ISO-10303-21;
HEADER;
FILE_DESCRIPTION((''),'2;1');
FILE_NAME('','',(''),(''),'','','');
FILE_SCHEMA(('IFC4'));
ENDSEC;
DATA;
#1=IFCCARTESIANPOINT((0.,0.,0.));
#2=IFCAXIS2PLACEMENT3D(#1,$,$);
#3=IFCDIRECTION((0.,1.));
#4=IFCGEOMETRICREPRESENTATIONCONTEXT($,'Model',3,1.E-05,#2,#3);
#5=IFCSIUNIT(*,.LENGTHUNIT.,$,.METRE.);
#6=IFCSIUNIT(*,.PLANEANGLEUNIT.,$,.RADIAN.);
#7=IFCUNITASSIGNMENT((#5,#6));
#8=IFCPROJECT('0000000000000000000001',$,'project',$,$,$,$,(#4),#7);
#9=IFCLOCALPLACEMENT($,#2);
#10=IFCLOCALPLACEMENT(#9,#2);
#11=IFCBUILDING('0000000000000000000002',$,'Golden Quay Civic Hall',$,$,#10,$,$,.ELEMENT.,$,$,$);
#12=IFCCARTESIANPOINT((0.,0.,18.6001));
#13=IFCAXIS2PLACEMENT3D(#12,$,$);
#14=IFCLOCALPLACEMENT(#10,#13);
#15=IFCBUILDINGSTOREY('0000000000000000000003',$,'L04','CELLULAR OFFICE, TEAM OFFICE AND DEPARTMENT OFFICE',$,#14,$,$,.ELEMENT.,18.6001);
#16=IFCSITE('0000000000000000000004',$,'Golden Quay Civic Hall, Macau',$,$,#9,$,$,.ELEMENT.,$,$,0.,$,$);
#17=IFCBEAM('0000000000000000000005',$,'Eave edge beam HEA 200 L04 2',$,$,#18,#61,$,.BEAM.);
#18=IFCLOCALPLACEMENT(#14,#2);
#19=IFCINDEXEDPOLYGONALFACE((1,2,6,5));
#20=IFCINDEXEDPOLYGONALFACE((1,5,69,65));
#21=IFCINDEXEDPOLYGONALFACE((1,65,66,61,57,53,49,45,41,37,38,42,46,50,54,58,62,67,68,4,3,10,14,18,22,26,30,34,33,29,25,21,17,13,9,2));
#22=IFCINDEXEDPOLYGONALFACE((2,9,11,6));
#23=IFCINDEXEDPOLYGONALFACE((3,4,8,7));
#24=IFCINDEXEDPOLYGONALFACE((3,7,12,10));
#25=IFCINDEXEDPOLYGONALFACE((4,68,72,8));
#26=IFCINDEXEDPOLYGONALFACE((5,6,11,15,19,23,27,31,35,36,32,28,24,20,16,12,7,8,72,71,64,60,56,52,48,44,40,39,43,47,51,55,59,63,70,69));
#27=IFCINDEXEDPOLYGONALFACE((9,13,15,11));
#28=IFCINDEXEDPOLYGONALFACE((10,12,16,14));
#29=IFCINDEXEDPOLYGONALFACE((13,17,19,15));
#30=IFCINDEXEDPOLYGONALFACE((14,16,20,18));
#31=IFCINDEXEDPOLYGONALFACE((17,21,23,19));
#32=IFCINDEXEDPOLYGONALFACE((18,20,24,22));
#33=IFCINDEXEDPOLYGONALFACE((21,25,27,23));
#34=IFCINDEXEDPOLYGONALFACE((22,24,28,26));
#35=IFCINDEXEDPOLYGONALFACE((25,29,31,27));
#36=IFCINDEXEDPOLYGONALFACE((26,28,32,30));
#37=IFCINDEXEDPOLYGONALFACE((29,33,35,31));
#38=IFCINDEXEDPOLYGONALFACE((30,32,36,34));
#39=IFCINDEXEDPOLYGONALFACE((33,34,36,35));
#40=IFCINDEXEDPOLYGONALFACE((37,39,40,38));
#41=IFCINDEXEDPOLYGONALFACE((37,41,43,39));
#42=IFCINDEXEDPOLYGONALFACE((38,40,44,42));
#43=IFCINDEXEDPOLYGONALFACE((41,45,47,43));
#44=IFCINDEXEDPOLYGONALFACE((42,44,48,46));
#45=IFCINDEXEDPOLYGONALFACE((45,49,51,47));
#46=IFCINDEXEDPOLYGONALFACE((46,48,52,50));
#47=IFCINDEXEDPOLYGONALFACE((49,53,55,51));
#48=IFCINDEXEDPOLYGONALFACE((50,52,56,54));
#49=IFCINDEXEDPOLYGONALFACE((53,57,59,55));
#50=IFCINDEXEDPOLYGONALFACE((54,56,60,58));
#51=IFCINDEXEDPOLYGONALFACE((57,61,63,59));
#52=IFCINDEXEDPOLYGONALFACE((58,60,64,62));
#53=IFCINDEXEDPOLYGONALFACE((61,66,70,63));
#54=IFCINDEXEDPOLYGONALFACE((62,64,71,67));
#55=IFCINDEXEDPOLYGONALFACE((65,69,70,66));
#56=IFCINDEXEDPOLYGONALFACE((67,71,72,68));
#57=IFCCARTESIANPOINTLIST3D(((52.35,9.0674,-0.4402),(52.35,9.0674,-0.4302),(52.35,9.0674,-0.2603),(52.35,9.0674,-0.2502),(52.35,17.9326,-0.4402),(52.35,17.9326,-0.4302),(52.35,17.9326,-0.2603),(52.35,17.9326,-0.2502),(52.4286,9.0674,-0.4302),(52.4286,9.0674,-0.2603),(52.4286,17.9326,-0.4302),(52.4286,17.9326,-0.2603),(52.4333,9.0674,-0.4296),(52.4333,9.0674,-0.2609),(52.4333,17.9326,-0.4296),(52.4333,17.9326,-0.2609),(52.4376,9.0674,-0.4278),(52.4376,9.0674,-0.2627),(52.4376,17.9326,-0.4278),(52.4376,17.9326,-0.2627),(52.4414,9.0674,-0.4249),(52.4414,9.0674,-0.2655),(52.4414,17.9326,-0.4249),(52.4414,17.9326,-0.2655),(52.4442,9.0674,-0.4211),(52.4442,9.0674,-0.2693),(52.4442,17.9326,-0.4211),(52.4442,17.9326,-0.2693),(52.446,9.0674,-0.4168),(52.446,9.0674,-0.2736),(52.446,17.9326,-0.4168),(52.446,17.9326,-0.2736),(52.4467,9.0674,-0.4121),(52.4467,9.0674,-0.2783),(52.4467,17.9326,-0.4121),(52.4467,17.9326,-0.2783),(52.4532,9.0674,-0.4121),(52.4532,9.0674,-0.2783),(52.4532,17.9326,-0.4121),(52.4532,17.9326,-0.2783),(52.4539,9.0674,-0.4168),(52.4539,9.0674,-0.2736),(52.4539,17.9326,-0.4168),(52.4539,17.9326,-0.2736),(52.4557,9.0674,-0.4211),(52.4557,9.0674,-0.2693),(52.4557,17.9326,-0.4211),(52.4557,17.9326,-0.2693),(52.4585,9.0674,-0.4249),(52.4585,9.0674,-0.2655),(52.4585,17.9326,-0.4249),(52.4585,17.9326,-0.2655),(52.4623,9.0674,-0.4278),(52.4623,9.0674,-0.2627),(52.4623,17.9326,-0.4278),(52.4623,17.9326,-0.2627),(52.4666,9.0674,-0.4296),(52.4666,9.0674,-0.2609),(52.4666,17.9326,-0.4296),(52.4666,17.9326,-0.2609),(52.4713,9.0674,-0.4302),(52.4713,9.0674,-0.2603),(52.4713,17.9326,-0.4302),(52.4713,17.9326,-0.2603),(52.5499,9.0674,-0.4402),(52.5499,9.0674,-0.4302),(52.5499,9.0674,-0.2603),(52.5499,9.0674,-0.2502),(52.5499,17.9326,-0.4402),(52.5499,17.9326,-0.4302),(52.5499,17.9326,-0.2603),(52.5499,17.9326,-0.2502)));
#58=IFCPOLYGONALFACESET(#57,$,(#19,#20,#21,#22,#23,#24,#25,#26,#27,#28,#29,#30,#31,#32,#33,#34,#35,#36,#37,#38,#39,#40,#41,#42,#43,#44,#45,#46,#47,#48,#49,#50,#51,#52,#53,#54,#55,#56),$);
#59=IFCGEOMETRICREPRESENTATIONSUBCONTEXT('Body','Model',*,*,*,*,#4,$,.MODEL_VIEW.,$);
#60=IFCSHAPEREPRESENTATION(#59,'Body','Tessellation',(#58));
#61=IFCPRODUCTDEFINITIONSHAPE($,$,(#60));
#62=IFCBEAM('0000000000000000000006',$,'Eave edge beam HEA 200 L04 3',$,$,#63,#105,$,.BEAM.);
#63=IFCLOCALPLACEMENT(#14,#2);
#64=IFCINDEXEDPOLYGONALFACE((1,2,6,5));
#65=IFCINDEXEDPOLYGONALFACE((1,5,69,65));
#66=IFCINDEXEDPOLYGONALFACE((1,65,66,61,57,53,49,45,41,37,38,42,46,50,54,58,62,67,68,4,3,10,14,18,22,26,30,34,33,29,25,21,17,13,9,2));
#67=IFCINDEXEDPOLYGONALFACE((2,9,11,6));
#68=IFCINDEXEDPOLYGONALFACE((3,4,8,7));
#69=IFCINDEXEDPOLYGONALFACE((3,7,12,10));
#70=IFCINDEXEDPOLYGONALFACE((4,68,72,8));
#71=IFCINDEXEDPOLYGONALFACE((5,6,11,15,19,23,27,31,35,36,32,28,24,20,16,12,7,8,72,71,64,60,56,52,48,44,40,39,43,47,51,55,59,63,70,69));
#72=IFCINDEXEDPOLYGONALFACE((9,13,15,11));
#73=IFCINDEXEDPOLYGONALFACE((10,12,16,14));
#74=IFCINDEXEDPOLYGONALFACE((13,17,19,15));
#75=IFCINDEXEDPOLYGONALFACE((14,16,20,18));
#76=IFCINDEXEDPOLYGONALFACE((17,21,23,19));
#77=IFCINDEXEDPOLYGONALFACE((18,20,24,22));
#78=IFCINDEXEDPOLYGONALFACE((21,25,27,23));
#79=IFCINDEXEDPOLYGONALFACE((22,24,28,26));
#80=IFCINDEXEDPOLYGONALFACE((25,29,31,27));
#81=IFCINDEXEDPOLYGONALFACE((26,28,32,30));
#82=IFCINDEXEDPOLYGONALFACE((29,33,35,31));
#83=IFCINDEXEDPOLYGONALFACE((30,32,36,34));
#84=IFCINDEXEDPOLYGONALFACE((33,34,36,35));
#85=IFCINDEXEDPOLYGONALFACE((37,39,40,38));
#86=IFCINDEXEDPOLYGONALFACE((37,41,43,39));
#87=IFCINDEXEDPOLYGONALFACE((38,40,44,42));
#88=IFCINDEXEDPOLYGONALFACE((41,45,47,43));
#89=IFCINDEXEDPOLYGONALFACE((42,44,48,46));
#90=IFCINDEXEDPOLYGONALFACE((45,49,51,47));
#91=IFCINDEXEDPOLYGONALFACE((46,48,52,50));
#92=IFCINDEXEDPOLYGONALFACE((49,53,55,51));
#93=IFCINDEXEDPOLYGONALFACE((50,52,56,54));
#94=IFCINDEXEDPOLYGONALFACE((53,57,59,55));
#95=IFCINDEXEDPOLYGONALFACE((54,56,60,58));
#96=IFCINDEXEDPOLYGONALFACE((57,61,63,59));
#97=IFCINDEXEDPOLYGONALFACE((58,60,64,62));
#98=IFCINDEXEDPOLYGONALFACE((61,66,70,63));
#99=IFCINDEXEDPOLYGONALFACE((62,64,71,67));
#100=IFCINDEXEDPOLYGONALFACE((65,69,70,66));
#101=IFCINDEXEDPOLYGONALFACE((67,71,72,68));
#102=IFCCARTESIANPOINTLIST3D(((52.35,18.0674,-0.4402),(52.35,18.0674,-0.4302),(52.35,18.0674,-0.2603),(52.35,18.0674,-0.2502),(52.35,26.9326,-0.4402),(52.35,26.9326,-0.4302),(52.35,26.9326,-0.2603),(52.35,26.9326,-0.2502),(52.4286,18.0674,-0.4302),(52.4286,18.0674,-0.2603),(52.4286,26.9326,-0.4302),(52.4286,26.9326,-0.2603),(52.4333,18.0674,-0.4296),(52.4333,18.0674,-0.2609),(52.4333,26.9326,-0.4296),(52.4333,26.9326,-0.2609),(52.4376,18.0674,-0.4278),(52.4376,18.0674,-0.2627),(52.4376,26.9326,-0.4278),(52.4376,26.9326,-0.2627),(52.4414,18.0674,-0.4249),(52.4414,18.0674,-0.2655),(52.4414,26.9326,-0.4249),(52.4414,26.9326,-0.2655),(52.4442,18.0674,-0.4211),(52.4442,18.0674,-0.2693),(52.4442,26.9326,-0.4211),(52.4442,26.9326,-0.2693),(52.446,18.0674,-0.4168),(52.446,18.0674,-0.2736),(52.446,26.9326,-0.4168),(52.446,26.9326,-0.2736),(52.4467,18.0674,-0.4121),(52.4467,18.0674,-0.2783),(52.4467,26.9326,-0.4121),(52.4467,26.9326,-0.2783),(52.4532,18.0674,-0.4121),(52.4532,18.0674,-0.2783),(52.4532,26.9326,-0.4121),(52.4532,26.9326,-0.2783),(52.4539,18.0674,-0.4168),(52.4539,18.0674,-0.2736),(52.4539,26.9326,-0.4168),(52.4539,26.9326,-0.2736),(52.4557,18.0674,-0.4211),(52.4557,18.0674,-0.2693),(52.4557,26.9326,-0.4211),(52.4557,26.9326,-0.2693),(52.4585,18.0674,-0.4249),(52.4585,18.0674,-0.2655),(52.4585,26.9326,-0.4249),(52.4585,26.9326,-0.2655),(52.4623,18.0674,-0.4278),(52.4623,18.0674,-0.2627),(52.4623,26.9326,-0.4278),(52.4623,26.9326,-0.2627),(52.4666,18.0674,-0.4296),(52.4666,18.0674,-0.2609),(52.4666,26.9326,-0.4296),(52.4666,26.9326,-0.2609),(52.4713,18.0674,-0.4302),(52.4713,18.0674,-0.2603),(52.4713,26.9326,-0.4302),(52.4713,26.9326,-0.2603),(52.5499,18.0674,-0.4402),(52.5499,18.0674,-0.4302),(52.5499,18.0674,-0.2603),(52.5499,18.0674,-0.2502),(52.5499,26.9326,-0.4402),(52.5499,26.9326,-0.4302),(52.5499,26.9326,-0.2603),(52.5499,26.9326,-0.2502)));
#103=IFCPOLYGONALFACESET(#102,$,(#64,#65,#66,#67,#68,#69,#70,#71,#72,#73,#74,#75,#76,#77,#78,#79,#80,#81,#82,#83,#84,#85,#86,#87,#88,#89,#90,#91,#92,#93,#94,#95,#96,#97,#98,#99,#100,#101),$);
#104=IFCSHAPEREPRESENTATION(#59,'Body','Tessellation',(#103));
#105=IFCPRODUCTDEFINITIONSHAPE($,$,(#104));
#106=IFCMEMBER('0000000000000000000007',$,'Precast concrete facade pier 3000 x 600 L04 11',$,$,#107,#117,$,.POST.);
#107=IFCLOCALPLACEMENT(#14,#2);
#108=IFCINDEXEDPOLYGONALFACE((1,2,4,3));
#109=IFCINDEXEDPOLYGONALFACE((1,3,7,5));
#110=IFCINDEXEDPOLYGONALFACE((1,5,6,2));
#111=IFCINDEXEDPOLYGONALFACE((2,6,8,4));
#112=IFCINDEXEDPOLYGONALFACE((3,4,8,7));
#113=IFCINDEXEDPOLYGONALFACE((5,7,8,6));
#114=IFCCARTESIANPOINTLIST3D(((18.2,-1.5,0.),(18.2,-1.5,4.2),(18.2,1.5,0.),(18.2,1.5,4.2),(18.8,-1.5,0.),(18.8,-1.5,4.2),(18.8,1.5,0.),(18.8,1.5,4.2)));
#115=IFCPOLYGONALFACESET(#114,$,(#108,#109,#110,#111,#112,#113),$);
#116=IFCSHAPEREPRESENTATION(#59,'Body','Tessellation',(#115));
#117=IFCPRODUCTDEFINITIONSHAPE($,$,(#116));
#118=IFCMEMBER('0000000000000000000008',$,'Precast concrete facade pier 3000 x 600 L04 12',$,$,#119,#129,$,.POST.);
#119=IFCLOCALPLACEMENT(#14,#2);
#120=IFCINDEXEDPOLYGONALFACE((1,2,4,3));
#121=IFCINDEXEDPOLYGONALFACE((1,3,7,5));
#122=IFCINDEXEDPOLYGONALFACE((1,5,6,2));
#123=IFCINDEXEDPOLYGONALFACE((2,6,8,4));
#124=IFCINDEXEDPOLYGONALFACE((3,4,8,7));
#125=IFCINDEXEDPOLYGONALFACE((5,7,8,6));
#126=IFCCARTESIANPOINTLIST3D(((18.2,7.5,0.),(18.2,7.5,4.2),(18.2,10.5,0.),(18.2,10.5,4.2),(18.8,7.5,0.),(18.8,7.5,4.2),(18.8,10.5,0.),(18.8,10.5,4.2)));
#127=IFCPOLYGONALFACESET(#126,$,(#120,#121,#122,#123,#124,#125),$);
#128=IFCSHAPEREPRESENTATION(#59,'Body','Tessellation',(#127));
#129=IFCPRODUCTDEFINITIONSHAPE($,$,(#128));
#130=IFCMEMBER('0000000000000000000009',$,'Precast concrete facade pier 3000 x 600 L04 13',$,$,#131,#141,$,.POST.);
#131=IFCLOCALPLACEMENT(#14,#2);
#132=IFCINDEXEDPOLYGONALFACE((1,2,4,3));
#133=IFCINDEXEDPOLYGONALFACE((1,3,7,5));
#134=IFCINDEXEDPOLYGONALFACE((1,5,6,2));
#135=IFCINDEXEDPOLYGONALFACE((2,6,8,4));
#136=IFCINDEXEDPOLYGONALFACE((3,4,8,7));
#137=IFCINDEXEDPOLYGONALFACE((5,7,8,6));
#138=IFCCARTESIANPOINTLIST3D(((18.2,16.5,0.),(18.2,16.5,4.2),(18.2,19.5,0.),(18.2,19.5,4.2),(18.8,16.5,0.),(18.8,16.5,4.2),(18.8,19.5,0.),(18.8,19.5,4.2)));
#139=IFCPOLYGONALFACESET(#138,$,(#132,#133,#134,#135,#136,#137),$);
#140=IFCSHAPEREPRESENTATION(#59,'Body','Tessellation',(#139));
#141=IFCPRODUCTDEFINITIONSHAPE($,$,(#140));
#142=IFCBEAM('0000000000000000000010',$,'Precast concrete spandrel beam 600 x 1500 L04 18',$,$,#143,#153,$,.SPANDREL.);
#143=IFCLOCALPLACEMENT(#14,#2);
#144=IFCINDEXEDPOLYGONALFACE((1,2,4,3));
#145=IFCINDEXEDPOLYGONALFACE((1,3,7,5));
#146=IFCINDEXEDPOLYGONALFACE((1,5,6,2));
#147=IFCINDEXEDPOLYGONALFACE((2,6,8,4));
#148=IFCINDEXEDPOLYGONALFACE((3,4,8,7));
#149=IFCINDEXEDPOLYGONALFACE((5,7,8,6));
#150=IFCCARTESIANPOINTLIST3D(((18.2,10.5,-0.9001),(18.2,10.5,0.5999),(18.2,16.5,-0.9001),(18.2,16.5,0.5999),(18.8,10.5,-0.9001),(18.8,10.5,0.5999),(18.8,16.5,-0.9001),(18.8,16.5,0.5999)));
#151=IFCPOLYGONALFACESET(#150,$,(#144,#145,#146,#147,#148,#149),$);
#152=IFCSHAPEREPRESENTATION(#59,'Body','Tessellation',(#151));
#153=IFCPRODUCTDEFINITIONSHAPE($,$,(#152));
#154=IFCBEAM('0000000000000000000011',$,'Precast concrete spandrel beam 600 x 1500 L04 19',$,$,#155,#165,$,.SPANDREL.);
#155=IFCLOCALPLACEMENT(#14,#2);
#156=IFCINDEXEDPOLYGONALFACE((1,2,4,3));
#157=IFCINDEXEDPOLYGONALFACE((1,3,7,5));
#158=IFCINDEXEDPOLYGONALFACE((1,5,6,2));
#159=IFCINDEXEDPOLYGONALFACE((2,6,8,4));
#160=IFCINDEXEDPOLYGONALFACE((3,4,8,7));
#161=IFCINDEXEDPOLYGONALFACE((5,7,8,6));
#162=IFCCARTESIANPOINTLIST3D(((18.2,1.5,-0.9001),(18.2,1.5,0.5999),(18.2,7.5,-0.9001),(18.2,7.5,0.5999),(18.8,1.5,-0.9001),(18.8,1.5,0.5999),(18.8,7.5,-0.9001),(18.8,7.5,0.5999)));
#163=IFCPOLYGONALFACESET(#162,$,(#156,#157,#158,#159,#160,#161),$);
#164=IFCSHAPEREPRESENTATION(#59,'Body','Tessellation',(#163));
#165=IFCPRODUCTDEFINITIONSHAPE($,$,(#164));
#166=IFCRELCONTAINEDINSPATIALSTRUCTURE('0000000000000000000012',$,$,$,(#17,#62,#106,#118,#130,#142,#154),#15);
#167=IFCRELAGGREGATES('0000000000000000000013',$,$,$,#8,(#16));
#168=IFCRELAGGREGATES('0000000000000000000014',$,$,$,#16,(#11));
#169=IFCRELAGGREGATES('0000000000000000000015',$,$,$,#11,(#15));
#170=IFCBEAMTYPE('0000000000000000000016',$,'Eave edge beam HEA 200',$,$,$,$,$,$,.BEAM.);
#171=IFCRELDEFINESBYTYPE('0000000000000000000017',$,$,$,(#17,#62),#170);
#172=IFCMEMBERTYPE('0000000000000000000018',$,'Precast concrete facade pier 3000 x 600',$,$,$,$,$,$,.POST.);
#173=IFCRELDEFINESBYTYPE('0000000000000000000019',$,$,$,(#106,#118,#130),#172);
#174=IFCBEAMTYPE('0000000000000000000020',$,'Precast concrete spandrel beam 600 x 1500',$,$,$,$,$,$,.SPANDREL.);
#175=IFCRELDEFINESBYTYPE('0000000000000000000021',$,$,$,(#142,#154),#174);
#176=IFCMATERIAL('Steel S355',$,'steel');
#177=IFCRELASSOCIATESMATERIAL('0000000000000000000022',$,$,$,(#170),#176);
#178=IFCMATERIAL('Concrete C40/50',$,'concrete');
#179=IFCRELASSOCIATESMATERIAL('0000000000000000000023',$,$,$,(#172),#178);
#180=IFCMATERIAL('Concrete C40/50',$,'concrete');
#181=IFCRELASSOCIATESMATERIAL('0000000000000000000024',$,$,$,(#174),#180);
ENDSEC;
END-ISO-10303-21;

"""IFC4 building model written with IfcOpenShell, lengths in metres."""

from ifc_helpers import new_model, si_unit, direction, frame, origin, origin_2d, place, context, subcontext, project, spatial, rectangle, i_section, extrude, material, material_profile, profile_set, type_object, element, save


model = new_model("IFC4")

# Units and contexts
model_context = context("Model", 3, precision=1e-05, world=origin(), true_north=direction((0.0, 1.0)))
body_context = subcontext(model_context, "Body", "Model", "MODEL_VIEW")
ifc_project = project(units=[si_unit("LENGTHUNIT", "METRE"), si_unit("PLANEANGLEUNIT", "RADIAN")], contexts=[model_context])

# Site, building, storey
site_placement = place(None, origin())
site = spatial("IfcSite", under=ifc_project, at=site_placement, Name="Golden Quay Civic Hall, Macau", CompositionType="ELEMENT", RefElevation=0.0)
building_placement = place(site_placement, origin())
building = spatial("IfcBuilding", under=site, at=building_placement, Name="Golden Quay Civic Hall", CompositionType="ELEMENT")
storey_placement = place(building_placement, frame((0.0, 0.0, 18.6001)))
storey = spatial("IfcBuildingStorey", under=building, at=storey_placement, Name="L04", Description="CELLULAR OFFICE, TEAM OFFICE AND DEPARTMENT OFFICE", CompositionType="ELEMENT", Elevation=18.6001)

# Beams
ifc_material_1 = material(Name="Steel S355", Category="steel")
ifc_material_profile_1 = material_profile(ifc_material_1, i_section(OverallWidth=0.2, OverallDepth=0.1899, WebThickness=0.0066, FlangeThickness=0.01, FilletRadius=0.0181, at=origin_2d()), Name="HEA 200")
ifc_profile_set_1 = profile_set([ifc_material_profile_1], Name="Steel S355")
beam_type_1 = type_object("IfcBeamType", Name="Eave edge beam HEA 200", PredefinedType="BEAM", material=ifc_profile_set_1)
for number, where, z_axis, x_axis, name in (
    (1, (52.45, 9.0674, -0.3452), (0.0, 1.0, 0.0), (-1.0, 0.0, 0.0), "Eave edge beam HEA 200 L04 2"),
    (2, (52.45, 18.0674, -0.3452), (0.0, 1.0, 0.0), (-1.0, 0.0, 0.0), "Eave edge beam HEA 200 L04 3"),
):
    element("IfcBeam", number, at=place(storey_placement, frame(where, z_axis=z_axis, x_axis=x_axis)), inside=storey, type_object=beam_type_1, Name=name, PredefinedType="BEAM", context=body_context, shape_type="SweptSolid", body=[
        extrude(i_section(OverallWidth=0.2, OverallDepth=0.1899, WebThickness=0.0066, FlangeThickness=0.01, FilletRadius=0.0181, at=origin_2d()), origin(), (0.0, 0.0, 1.0), 8.8652),
    ])

# Members
ifc_material_2 = material(Name="Concrete C40/50", Category="concrete")
ifc_material_profile_2 = material_profile(ifc_material_2, rectangle(XDim=3.0, YDim=0.6001, at=origin_2d()), Name="RC 3000x600")
ifc_profile_set_2 = profile_set([ifc_material_profile_2], Name="Concrete C40/50")
member_type = type_object("IfcMemberType", Name="Precast concrete facade pier 3000 x 600", PredefinedType="POST", material=ifc_profile_set_2)
for number, where, z_axis, x_axis, name in (
    (3, (18.5, 0.0, 0.0), (0.0, 0.0, 1.0), (0.0, 1.0, 0.0), "Precast concrete facade pier 3000 x 600 L04 11"),
    (4, (18.5, 9.0, 0.0), (0.0, 0.0, 1.0), (0.0, 1.0, 0.0), "Precast concrete facade pier 3000 x 600 L04 12"),
    (5, (18.5, 18.0, 0.0), (0.0, 0.0, 1.0), (0.0, 1.0, 0.0), "Precast concrete facade pier 3000 x 600 L04 13"),
):
    element("IfcMember", number, at=place(storey_placement, frame(where, z_axis=z_axis, x_axis=x_axis)), inside=storey, type_object=member_type, Name=name, PredefinedType="POST", context=body_context, shape_type="SweptSolid", body=[
        extrude(rectangle(XDim=3.0, YDim=0.6001, at=origin_2d()), origin(), (0.0, 0.0, 1.0), 4.2),
    ])

# Beams
ifc_material_3 = material(Name="Concrete C40/50", Category="concrete")
ifc_material_profile_3 = material_profile(ifc_material_3, rectangle(XDim=0.6001, YDim=1.5, at=origin_2d()), Name="RC 600x1500")
ifc_profile_set_3 = profile_set([ifc_material_profile_3], Name="Concrete C40/50")
beam_type_2 = type_object("IfcBeamType", Name="Precast concrete spandrel beam 600 x 1500", PredefinedType="SPANDREL", material=ifc_profile_set_3)
for number, where, z_axis, x_axis, name in (
    (6, (18.5, 10.5, -0.1501), (0.0, 1.0, 0.0), (-1.0, 0.0, 0.0), "Precast concrete spandrel beam 600 x 1500 L04 18"),
    (7, (18.5, 1.5, -0.1501), (0.0, 1.0, 0.0), (-1.0, 0.0, 0.0), "Precast concrete spandrel beam 600 x 1500 L04 19"),
):
    element("IfcBeam", number, at=place(storey_placement, frame(where, z_axis=z_axis, x_axis=x_axis)), inside=storey, type_object=beam_type_2, Name=name, PredefinedType="SPANDREL", context=body_context, shape_type="SweptSolid", body=[
        extrude(rectangle(XDim=0.6001, YDim=1.5, at=origin_2d()), origin(), (0.0, 0.0, 1.0), 6.0),
    ])

save(model, "model.ifc")
